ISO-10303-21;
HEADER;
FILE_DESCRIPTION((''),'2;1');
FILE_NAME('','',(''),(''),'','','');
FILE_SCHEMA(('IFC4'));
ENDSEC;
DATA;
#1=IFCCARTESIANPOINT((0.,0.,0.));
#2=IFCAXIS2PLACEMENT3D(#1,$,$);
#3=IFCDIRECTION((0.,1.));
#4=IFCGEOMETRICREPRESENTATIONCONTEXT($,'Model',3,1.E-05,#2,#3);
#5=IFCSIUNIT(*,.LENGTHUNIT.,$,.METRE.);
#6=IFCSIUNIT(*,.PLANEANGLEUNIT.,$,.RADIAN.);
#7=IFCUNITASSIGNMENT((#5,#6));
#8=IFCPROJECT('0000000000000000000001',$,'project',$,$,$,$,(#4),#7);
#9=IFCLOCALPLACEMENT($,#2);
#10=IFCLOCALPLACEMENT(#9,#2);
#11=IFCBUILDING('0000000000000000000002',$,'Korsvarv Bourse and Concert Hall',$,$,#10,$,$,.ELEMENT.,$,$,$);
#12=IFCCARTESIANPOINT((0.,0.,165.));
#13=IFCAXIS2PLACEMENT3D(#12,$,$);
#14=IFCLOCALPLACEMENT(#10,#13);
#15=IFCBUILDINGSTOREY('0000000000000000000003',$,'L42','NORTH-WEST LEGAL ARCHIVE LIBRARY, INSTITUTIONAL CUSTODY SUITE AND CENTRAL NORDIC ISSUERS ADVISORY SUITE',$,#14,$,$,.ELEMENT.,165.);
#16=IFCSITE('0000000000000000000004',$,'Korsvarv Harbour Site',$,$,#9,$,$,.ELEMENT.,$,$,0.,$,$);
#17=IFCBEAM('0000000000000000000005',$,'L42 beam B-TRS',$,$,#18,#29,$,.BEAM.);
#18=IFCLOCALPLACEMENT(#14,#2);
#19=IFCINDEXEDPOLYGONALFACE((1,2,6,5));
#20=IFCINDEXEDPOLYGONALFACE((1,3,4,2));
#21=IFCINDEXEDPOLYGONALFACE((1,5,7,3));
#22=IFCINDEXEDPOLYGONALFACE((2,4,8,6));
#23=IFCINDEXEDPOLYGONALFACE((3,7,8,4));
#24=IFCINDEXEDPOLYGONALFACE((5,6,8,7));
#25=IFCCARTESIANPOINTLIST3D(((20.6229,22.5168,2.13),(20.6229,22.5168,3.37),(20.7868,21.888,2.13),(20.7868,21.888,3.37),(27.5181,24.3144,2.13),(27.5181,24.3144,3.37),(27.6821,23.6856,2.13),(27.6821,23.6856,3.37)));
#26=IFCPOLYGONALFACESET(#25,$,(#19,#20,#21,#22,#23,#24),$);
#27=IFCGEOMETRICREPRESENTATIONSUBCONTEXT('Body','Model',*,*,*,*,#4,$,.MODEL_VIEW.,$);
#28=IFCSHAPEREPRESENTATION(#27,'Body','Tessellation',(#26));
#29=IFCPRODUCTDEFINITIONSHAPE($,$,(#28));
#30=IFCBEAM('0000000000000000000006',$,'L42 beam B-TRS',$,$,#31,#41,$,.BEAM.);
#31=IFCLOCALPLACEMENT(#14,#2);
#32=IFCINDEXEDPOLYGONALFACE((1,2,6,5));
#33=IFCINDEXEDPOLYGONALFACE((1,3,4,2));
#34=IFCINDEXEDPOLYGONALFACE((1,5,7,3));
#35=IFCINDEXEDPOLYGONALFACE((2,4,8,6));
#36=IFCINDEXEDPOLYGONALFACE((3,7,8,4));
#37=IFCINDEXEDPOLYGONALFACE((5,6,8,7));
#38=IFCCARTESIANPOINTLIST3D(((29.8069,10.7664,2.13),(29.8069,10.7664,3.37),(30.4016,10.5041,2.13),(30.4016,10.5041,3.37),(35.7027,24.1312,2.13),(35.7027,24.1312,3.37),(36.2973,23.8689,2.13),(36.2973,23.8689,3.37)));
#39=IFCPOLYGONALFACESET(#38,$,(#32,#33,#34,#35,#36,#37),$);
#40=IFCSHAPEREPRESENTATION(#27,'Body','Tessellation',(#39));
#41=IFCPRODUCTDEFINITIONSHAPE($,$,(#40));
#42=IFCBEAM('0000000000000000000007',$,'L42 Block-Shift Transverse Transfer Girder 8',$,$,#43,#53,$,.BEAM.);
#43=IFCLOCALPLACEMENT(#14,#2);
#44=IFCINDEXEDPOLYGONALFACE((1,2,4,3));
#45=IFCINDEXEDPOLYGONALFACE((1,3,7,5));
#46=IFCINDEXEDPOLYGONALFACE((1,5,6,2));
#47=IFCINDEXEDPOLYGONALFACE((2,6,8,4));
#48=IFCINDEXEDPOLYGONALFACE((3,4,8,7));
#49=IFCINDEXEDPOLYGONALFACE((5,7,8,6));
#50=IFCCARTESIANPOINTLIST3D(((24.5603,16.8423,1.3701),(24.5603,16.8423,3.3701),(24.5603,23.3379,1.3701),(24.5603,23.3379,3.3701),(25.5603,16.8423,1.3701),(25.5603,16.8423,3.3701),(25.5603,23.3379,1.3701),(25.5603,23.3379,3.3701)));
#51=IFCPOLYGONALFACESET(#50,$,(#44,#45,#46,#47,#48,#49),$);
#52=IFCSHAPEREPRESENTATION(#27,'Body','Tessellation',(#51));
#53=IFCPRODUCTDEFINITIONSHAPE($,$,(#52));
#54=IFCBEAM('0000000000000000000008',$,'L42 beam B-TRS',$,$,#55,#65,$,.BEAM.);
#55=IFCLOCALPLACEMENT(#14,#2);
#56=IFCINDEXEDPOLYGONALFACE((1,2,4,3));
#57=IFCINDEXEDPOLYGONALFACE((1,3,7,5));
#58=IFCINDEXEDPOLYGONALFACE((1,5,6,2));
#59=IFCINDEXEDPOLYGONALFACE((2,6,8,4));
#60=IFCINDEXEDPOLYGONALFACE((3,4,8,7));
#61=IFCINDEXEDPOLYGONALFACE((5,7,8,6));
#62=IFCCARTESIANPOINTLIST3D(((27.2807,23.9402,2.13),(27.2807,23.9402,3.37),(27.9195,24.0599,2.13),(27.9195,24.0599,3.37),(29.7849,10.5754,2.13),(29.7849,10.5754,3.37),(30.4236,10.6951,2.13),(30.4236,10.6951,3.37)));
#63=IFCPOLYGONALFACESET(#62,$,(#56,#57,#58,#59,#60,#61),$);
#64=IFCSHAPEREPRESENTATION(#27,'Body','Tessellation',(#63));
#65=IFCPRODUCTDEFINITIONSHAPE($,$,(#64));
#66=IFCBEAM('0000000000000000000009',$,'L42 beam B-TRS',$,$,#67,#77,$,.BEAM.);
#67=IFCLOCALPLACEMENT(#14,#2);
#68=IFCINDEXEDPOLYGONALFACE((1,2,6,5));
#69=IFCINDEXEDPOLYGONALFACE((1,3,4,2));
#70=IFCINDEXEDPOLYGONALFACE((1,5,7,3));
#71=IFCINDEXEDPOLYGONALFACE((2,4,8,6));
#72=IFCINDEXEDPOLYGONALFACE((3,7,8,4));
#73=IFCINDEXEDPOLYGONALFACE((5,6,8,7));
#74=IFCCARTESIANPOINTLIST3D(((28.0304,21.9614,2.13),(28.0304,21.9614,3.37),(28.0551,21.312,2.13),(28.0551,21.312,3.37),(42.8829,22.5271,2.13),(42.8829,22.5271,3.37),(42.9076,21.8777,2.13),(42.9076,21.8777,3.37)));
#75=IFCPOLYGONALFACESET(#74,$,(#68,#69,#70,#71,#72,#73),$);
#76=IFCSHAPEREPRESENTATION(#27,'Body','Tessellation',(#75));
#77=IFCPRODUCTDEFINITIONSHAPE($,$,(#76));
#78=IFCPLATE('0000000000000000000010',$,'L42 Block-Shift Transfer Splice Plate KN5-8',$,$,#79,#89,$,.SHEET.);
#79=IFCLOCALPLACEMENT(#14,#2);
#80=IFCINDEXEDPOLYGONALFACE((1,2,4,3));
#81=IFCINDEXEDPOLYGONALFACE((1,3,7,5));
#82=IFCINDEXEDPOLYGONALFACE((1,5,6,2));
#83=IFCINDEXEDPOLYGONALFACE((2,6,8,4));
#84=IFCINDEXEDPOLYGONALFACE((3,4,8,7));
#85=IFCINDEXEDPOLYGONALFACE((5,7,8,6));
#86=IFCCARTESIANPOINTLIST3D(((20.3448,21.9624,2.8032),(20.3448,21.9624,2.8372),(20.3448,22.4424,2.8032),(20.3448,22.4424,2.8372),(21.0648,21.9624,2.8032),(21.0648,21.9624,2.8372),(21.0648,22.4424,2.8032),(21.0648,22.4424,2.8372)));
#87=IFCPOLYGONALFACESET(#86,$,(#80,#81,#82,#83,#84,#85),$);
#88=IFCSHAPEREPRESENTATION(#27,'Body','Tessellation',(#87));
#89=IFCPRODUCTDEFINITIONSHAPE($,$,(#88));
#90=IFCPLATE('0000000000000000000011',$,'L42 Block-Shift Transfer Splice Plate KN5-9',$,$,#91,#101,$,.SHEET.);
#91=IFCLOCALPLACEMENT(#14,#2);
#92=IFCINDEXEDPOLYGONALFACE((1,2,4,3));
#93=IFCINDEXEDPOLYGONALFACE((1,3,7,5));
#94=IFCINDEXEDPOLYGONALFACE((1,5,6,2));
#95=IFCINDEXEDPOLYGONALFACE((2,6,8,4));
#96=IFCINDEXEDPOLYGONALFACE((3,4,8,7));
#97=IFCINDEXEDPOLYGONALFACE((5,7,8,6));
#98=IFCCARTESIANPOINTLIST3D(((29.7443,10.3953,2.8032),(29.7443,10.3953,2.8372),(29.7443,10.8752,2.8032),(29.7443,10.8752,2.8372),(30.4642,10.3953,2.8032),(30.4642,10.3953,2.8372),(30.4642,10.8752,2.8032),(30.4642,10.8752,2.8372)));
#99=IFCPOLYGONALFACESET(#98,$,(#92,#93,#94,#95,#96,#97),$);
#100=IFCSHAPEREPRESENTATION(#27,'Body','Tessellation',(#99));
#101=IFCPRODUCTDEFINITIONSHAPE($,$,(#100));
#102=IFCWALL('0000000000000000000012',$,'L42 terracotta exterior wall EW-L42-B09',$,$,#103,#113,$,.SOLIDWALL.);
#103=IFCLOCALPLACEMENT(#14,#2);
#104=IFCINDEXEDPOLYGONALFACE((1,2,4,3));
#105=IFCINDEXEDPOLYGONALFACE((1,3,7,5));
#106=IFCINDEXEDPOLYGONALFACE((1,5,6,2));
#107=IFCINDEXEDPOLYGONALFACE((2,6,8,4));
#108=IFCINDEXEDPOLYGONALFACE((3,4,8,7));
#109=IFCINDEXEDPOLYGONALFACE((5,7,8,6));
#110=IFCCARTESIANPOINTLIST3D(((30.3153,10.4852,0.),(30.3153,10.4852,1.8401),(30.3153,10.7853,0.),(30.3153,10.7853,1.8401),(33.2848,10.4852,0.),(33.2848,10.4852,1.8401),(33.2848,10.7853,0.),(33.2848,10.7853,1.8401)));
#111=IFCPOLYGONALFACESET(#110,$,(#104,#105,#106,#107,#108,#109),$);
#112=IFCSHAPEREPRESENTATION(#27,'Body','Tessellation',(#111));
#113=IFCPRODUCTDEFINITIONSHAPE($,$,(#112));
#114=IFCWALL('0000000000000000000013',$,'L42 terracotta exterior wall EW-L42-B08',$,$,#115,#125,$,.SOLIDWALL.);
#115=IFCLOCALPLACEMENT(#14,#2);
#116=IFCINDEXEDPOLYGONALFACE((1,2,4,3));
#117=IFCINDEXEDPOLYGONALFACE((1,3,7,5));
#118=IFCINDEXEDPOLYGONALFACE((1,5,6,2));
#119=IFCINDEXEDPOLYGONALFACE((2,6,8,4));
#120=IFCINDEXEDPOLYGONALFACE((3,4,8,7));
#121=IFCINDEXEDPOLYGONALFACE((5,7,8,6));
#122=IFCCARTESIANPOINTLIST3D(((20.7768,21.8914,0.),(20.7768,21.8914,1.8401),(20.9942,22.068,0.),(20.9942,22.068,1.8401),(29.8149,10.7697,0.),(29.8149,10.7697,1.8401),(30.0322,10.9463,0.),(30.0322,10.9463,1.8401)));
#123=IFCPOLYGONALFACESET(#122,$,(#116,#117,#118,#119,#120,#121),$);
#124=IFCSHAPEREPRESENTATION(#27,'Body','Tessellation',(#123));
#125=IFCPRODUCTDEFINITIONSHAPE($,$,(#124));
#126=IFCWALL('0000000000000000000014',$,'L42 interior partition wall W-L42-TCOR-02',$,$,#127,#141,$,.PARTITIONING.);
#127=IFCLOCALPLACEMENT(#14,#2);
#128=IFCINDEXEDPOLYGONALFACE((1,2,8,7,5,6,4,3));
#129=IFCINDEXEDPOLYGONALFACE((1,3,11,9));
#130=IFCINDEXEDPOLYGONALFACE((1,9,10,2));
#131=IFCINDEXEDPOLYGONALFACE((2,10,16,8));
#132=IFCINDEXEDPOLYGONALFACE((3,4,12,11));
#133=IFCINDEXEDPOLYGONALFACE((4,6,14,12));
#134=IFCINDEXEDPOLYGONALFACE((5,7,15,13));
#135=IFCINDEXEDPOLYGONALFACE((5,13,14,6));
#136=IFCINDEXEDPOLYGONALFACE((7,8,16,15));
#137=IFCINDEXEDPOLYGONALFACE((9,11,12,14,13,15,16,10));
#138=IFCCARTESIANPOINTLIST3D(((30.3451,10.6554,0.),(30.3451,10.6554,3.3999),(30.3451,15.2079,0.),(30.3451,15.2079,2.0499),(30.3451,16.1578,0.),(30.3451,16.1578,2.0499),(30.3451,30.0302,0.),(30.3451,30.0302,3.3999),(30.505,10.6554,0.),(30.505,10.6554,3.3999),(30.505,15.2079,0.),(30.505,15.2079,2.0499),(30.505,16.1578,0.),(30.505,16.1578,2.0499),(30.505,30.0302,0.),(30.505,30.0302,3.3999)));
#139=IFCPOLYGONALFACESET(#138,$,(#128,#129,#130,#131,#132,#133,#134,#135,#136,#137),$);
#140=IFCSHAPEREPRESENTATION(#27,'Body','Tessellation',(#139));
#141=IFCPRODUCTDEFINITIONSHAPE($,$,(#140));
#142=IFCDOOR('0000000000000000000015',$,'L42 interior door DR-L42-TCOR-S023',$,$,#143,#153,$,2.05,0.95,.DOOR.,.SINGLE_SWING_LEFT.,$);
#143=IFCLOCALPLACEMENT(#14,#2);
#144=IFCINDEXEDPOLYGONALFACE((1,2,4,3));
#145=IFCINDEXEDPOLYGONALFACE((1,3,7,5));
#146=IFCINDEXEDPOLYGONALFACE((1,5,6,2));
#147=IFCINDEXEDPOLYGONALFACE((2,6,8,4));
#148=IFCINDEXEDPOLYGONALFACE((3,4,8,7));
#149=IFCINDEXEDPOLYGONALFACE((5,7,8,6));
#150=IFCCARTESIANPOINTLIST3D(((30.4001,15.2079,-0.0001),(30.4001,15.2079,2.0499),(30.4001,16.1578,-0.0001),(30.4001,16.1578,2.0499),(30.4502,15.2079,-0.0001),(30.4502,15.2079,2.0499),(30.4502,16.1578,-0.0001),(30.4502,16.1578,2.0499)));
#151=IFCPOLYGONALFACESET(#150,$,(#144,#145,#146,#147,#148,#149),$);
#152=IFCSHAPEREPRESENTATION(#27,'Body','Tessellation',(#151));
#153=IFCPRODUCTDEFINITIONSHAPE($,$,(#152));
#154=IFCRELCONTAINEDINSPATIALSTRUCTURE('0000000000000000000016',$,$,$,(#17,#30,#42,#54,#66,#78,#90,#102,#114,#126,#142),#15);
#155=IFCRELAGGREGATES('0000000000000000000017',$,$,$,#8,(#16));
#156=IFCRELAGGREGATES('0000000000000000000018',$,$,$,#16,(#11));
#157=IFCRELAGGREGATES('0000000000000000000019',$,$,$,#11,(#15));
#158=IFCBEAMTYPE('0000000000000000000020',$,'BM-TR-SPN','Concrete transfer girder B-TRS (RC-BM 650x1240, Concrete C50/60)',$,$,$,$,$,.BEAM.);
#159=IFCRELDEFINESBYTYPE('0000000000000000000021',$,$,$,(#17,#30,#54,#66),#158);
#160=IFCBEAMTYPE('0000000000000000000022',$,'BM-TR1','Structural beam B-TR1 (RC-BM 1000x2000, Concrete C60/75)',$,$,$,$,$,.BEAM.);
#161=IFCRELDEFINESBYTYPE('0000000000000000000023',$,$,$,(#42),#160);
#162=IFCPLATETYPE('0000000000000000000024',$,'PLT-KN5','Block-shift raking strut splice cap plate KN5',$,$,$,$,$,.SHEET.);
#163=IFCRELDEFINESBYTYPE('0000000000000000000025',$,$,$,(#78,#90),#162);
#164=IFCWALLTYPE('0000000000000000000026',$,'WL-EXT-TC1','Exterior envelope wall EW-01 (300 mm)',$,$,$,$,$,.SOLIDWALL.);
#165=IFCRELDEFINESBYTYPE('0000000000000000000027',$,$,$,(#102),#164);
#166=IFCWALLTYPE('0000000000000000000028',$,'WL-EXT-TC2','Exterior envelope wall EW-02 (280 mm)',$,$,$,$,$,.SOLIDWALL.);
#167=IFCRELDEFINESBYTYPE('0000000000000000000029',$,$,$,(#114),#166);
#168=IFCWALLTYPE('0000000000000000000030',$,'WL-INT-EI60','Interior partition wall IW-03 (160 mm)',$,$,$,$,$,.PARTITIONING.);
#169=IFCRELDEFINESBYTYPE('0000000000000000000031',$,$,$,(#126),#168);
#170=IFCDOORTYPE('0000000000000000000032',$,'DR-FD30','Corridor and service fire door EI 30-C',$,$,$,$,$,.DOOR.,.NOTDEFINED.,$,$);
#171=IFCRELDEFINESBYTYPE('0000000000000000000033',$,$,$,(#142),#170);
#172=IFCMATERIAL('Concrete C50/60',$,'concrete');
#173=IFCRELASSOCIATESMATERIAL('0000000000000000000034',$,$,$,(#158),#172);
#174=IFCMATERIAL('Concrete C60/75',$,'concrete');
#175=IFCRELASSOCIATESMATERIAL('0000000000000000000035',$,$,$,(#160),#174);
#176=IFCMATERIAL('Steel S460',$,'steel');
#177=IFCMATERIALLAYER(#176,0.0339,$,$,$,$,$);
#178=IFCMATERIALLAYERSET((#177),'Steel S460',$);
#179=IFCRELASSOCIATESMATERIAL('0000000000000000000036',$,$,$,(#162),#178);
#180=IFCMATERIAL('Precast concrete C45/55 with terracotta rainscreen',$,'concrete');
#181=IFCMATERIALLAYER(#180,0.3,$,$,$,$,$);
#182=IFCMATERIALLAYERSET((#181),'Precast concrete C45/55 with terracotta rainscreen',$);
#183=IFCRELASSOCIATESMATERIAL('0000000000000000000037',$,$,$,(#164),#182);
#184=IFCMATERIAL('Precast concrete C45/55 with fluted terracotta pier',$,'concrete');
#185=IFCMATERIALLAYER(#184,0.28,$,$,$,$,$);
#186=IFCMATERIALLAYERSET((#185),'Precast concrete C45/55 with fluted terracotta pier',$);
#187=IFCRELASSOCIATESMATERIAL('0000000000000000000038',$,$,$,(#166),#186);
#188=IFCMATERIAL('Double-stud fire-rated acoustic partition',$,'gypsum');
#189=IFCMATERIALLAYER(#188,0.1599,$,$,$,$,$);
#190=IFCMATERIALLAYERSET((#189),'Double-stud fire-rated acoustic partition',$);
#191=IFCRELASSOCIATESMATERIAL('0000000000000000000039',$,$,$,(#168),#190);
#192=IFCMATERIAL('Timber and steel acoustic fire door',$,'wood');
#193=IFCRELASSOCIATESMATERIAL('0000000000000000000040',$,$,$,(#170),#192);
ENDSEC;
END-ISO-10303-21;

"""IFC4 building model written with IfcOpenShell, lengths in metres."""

from ifc_helpers import new_model, si_unit, direction, frame, frame_2d, origin, origin_2d, place, context, subcontext, project, spatial, rectangle, extrude, source, transform, mapped, material, layer, layer_set, material_profile, profile_set, type_object, element, fill, save


model = new_model("IFC4")

# Units and contexts
model_context = context("Model", 3, precision=1e-05, world=origin(), true_north=direction((0.0, 1.0)))
body_context = subcontext(model_context, "Body", "Model", "MODEL_VIEW")
ifc_project = project(units=[si_unit("LENGTHUNIT", "METRE"), si_unit("PLANEANGLEUNIT", "RADIAN")], contexts=[model_context])

# Site, building, storey
site_placement = place(None, origin())
site = spatial("IfcSite", under=ifc_project, at=site_placement, Name="Korsvarv Harbour Site", CompositionType="ELEMENT", RefElevation=0.0)
building_placement = place(site_placement, origin())
building = spatial("IfcBuilding", under=site, at=building_placement, Name="Korsvarv Bourse and Concert Hall", CompositionType="ELEMENT")
storey_placement = place(building_placement, frame((0.0, 0.0, 165.0)))
storey = spatial("IfcBuildingStorey", under=building, at=storey_placement, Name="L42", Description="NORTH-WEST LEGAL ARCHIVE LIBRARY, INSTITUTIONAL CUSTODY SUITE AND CENTRAL NORDIC ISSUERS ADVISORY SUITE", CompositionType="ELEMENT", Elevation=165.0)

# Beams
ifc_material_1 = material(Name="Concrete C50/60", Category="concrete")
ifc_material_profile_1 = material_profile(ifc_material_1, rectangle(XDim=0.6499, YDim=1.24, at=origin_2d()), Name="RC-BM 650x1240")
ifc_profile_set_1 = profile_set([ifc_material_profile_1], Name="Concrete C50/60")
beam_type_1 = type_object("IfcBeamType", Name="BM-TR-SPN", Description="Concrete transfer girder B-TRS (RC-BM 650x1240, Concrete C50/60)", PredefinedType="BEAM", material=ifc_profile_set_1)
shared_shape_1 = source(origin(), body_context, "Body", "SweptSolid", [
    extrude(rectangle(XDim=0.6499, YDim=1.24, at=origin_2d()), origin(), (0.0, 0.0, 1.0), 7.1257),
])
beam_1_placement = place(storey_placement, frame((20.7048, 22.2024, 2.75), z_axis=(0.967657, 0.25227, 0.0), x_axis=(-0.25227, 0.967657, 0.0)))
element("IfcBeam", 1, at=beam_1_placement, inside=storey, type_object=beam_type_1, Name="L42 beam B-TRS", PredefinedType="BEAM", context=body_context, shape_type="MappedRepresentation", body=[
    mapped(shared_shape_1, transform((0.0, 0.0, 0.0), scale=1.0)),
])
shared_shape_2 = source(origin(), body_context, "Body", "SweptSolid", [
    extrude(rectangle(XDim=0.6499, YDim=1.24, at=origin_2d()), origin(), (0.0, 0.0, 1.0), 14.6074),
])
beam_2_placement = place(storey_placement, frame((30.1042, 10.6353, 2.75), z_axis=(0.403614, 0.914929, 0.0), x_axis=(-0.914929, 0.403614, 0.0)))
element("IfcBeam", 2, at=beam_2_placement, inside=storey, type_object=beam_type_1, Name="L42 beam B-TRS", PredefinedType="BEAM", context=body_context, shape_type="MappedRepresentation", body=[
    mapped(shared_shape_2, transform((0.0, 0.0, 0.0), scale=1.0)),
])
ifc_material_2 = material(Name="Concrete C60/75", Category="concrete")
ifc_material_profile_2 = material_profile(ifc_material_2, rectangle(XDim=1.0, YDim=2.0, at=origin_2d()), Name="RC-BM 1000x2000")
ifc_profile_set_2 = profile_set([ifc_material_profile_2], Name="Concrete C60/75")
beam_type_2 = type_object("IfcBeamType", Name="BM-TR1", Description="Structural beam B-TR1 (RC-BM 1000x2000, Concrete C60/75)", PredefinedType="BEAM", material=ifc_profile_set_2)
shared_shape_3 = source(origin(), body_context, "Body", "SweptSolid", [
    extrude(rectangle(XDim=1.0, YDim=2.0, at=origin_2d()), origin(), (0.0, 0.0, 1.0), 6.4956),
])
beam_3_placement = place(storey_placement, frame((25.0603, 16.8423, 2.3701), z_axis=(0.0, 1.0, 0.0), x_axis=(-1.0, 0.0, 0.0)))
element("IfcBeam", 3, at=beam_3_placement, inside=storey, type_object=beam_type_2, Name="L42 Block-Shift Transverse Transfer Girder 8", PredefinedType="BEAM", context=body_context, shape_type="MappedRepresentation", body=[
    mapped(shared_shape_3, transform((0.0, 0.0, 0.0), scale=1.0)),
])
shared_shape_4 = source(origin(), body_context, "Body", "SweptSolid", [
    extrude(rectangle(XDim=0.6499, YDim=1.24, at=origin_2d()), origin(), (0.0, 0.0, 1.0), 13.5974),
])
beam_4_placement = place(storey_placement, frame((30.1042, 10.6353, 2.75), z_axis=(-0.184165, 0.982895, 0.0), x_axis=(-0.982895, -0.184165, 0.0)))
element("IfcBeam", 4, at=beam_4_placement, inside=storey, type_object=beam_type_1, Name="L42 beam B-TRS", PredefinedType="BEAM", context=body_context, shape_type="MappedRepresentation", body=[
    mapped(shared_shape_4, transform((0.0, 0.0, 0.0), scale=1.0)),
])
shared_shape_5 = source(origin(), body_context, "Body", "SweptSolid", [
    extrude(rectangle(XDim=0.6499, YDim=1.24, at=origin_2d()), origin(), (0.0, 0.0, 1.0), 14.8633),
])
beam_5_placement = place(storey_placement, frame((28.0427, 21.6367, 2.75), z_axis=(0.999276, 0.038058, 0.0), x_axis=(-0.038058, 0.999276, 0.0)))
element("IfcBeam", 5, at=beam_5_placement, inside=storey, type_object=beam_type_1, Name="L42 beam B-TRS", PredefinedType="BEAM", context=body_context, shape_type="MappedRepresentation", body=[
    mapped(shared_shape_5, transform((0.0, 0.0, 0.0), scale=1.0)),
])

# Plates
ifc_material_3 = material(Name="Steel S460", Category="steel")
ifc_layer_1 = layer(ifc_material_3, 0.0339)
ifc_layer_set_1 = layer_set([ifc_layer_1], Name="Steel S460")
plate_type = type_object("IfcPlateType", Name="PLT-KN5", Description="Block-shift raking strut splice cap plate KN5", PredefinedType="SHEET", material=ifc_layer_set_1)
shared_shape_6 = source(origin(), body_context, "Body", "SweptSolid", [
    extrude(rectangle(XDim=0.72, YDim=0.48, at=origin_2d()), origin(), (0.0, 0.0, 1.0), 0.0339),
])
for number, where, z_axis, x_axis, name in (
    (6, (20.7048, 22.2024, 2.8032), (0.0, 0.0, 1.0), (1.0, 0.0, 0.0), "L42 Block-Shift Transfer Splice Plate KN5-8"),
    (7, (30.1042, 10.6353, 2.8032), (0.0, 0.0, 1.0), (1.0, 0.0, 0.0), "L42 Block-Shift Transfer Splice Plate KN5-9"),
):
    element("IfcPlate", number, at=place(storey_placement, frame(where, z_axis=z_axis, x_axis=x_axis)), inside=storey, type_object=plate_type, Name=name, PredefinedType="SHEET", context=body_context, shape_type="MappedRepresentation", body=[
        mapped(shared_shape_6, transform((0.0, 0.0, 0.0), scale=1.0)),
    ])

# Walls
ifc_material_4 = material(Name="Precast concrete C45/55 with terracotta rainscreen", Category="concrete")
ifc_layer_2 = layer(ifc_material_4, 0.3)
ifc_layer_set_2 = layer_set([ifc_layer_2], Name="Precast concrete C45/55 with terracotta rainscreen")
wall_type_1 = type_object("IfcWallType", Name="WL-EXT-TC1", Description="Exterior envelope wall EW-01 (300 mm)", PredefinedType="SOLIDWALL", material=ifc_layer_set_2)
wall_1_placement = place(storey_placement, frame((30.3152, 10.6353, 0.0), z_axis=(0.0, 0.0, 1.0), x_axis=(1.0, 0.0, 0.0)))
element("IfcWall", 8, at=wall_1_placement, inside=storey, type_object=wall_type_1, Name="L42 terracotta exterior wall EW-L42-B09", PredefinedType="SOLIDWALL", context=body_context, shape_type="SweptSolid", body=[
    extrude(rectangle(XDim=2.9695, YDim=0.3, at=frame_2d((1.4849, 0.0))), origin(), (0.0, 0.0, 1.0), 1.8401),
])
ifc_material_5 = material(Name="Precast concrete C45/55 with fluted terracotta pier", Category="concrete")
ifc_layer_3 = layer(ifc_material_5, 0.28)
ifc_layer_set_3 = layer_set([ifc_layer_3], Name="Precast concrete C45/55 with fluted terracotta pier")
wall_type_2 = type_object("IfcWallType", Name="WL-EXT-TC2", Description="Exterior envelope wall EW-02 (280 mm)", PredefinedType="SOLIDWALL", material=ifc_layer_set_3)
wall_2_placement = place(storey_placement, frame((20.8855, 21.9797, 0.0), z_axis=(0.0, 0.0, 1.0), x_axis=(0.63066, -0.776059, 0.0)))
element("IfcWall", 9, at=wall_2_placement, inside=storey, type_object=wall_type_2, Name="L42 terracotta exterior wall EW-L42-B08", PredefinedType="SOLIDWALL", context=body_context, shape_type="SweptSolid", body=[
    extrude(rectangle(XDim=14.3311, YDim=0.28, at=frame_2d((7.1655, 0.0))), origin(), (0.0, 0.0, 1.0), 1.8401),
])

# Wall, opening, door
ifc_material_6 = material(Name="Double-stud fire-rated acoustic partition", Category="gypsum")
ifc_layer_4 = layer(ifc_material_6, 0.1599)
ifc_layer_set_4 = layer_set([ifc_layer_4], Name="Double-stud fire-rated acoustic partition")
wall_type_3 = type_object("IfcWallType", Name="WL-INT-EI60", Description="Interior partition wall IW-03 (160 mm)", PredefinedType="PARTITIONING", material=ifc_layer_set_4)
wall_3_placement = place(storey_placement, frame((30.425, 10.6553, 0.0), z_axis=(0.0, 0.0, 1.0), x_axis=(0.0, 1.0, 0.0)))
wall_3 = element("IfcWall", 10, at=wall_3_placement, inside=storey, type_object=wall_type_3, Name="L42 interior partition wall W-L42-TCOR-02", PredefinedType="PARTITIONING", context=body_context, shape_type="SweptSolid", body=[
    extrude(rectangle(XDim=19.3748, YDim=0.1599, at=frame_2d((9.6875, 0.0))), origin(), (0.0, 0.0, 1.0), 3.3999),
])
opening_1_placement = place(wall_3_placement, frame((4.5525, 0.0, 0.0)))
opening_1 = element("IfcOpeningElement", 11, at=opening_1_placement, cuts=wall_3, PredefinedType="OPENING", context=body_context, shape_type="SweptSolid", body=[
    extrude(rectangle(XDim=0.95, YDim=2.05, at=frame_2d((0.4751, 1.0249))), frame((0.0, 0.0898, 0.0), z_axis=(0.0, -1.0, 0.0), x_axis=(1.0, 0.0, 0.0)), (0.0, 0.0, 1.0), 0.1799),
])
ifc_material_7 = material(Name="Timber and steel acoustic fire door", Category="wood")
door_type_1 = type_object("IfcDoorType", Name="DR-FD30", Description="Corridor and service fire door EI 30-C", OperationType="NOTDEFINED", PredefinedType="DOOR", material=ifc_material_7)
door_1_placement = place(opening_1_placement, origin())
door_1 = element("IfcDoor", 12, at=door_1_placement, inside=storey, type_object=door_type_1, Name="L42 interior door DR-L42-TCOR-S023", OperationType="SINGLE_SWING_LEFT", OverallHeight=2.05, OverallWidth=0.95, PredefinedType="DOOR", context=body_context, shape_type="SweptSolid", body=[
    extrude(rectangle(XDim=0.95, YDim=2.05, at=frame_2d((0.4751, 1.0249))), frame((0.0, 0.0249, 0.0), z_axis=(0.0, -1.0, 0.0), x_axis=(1.0, 0.0, 0.0)), (0.0, 0.0, 1.0), 0.05),
])
fill(opening_1, door_1)

save(model, "model.ifc")
